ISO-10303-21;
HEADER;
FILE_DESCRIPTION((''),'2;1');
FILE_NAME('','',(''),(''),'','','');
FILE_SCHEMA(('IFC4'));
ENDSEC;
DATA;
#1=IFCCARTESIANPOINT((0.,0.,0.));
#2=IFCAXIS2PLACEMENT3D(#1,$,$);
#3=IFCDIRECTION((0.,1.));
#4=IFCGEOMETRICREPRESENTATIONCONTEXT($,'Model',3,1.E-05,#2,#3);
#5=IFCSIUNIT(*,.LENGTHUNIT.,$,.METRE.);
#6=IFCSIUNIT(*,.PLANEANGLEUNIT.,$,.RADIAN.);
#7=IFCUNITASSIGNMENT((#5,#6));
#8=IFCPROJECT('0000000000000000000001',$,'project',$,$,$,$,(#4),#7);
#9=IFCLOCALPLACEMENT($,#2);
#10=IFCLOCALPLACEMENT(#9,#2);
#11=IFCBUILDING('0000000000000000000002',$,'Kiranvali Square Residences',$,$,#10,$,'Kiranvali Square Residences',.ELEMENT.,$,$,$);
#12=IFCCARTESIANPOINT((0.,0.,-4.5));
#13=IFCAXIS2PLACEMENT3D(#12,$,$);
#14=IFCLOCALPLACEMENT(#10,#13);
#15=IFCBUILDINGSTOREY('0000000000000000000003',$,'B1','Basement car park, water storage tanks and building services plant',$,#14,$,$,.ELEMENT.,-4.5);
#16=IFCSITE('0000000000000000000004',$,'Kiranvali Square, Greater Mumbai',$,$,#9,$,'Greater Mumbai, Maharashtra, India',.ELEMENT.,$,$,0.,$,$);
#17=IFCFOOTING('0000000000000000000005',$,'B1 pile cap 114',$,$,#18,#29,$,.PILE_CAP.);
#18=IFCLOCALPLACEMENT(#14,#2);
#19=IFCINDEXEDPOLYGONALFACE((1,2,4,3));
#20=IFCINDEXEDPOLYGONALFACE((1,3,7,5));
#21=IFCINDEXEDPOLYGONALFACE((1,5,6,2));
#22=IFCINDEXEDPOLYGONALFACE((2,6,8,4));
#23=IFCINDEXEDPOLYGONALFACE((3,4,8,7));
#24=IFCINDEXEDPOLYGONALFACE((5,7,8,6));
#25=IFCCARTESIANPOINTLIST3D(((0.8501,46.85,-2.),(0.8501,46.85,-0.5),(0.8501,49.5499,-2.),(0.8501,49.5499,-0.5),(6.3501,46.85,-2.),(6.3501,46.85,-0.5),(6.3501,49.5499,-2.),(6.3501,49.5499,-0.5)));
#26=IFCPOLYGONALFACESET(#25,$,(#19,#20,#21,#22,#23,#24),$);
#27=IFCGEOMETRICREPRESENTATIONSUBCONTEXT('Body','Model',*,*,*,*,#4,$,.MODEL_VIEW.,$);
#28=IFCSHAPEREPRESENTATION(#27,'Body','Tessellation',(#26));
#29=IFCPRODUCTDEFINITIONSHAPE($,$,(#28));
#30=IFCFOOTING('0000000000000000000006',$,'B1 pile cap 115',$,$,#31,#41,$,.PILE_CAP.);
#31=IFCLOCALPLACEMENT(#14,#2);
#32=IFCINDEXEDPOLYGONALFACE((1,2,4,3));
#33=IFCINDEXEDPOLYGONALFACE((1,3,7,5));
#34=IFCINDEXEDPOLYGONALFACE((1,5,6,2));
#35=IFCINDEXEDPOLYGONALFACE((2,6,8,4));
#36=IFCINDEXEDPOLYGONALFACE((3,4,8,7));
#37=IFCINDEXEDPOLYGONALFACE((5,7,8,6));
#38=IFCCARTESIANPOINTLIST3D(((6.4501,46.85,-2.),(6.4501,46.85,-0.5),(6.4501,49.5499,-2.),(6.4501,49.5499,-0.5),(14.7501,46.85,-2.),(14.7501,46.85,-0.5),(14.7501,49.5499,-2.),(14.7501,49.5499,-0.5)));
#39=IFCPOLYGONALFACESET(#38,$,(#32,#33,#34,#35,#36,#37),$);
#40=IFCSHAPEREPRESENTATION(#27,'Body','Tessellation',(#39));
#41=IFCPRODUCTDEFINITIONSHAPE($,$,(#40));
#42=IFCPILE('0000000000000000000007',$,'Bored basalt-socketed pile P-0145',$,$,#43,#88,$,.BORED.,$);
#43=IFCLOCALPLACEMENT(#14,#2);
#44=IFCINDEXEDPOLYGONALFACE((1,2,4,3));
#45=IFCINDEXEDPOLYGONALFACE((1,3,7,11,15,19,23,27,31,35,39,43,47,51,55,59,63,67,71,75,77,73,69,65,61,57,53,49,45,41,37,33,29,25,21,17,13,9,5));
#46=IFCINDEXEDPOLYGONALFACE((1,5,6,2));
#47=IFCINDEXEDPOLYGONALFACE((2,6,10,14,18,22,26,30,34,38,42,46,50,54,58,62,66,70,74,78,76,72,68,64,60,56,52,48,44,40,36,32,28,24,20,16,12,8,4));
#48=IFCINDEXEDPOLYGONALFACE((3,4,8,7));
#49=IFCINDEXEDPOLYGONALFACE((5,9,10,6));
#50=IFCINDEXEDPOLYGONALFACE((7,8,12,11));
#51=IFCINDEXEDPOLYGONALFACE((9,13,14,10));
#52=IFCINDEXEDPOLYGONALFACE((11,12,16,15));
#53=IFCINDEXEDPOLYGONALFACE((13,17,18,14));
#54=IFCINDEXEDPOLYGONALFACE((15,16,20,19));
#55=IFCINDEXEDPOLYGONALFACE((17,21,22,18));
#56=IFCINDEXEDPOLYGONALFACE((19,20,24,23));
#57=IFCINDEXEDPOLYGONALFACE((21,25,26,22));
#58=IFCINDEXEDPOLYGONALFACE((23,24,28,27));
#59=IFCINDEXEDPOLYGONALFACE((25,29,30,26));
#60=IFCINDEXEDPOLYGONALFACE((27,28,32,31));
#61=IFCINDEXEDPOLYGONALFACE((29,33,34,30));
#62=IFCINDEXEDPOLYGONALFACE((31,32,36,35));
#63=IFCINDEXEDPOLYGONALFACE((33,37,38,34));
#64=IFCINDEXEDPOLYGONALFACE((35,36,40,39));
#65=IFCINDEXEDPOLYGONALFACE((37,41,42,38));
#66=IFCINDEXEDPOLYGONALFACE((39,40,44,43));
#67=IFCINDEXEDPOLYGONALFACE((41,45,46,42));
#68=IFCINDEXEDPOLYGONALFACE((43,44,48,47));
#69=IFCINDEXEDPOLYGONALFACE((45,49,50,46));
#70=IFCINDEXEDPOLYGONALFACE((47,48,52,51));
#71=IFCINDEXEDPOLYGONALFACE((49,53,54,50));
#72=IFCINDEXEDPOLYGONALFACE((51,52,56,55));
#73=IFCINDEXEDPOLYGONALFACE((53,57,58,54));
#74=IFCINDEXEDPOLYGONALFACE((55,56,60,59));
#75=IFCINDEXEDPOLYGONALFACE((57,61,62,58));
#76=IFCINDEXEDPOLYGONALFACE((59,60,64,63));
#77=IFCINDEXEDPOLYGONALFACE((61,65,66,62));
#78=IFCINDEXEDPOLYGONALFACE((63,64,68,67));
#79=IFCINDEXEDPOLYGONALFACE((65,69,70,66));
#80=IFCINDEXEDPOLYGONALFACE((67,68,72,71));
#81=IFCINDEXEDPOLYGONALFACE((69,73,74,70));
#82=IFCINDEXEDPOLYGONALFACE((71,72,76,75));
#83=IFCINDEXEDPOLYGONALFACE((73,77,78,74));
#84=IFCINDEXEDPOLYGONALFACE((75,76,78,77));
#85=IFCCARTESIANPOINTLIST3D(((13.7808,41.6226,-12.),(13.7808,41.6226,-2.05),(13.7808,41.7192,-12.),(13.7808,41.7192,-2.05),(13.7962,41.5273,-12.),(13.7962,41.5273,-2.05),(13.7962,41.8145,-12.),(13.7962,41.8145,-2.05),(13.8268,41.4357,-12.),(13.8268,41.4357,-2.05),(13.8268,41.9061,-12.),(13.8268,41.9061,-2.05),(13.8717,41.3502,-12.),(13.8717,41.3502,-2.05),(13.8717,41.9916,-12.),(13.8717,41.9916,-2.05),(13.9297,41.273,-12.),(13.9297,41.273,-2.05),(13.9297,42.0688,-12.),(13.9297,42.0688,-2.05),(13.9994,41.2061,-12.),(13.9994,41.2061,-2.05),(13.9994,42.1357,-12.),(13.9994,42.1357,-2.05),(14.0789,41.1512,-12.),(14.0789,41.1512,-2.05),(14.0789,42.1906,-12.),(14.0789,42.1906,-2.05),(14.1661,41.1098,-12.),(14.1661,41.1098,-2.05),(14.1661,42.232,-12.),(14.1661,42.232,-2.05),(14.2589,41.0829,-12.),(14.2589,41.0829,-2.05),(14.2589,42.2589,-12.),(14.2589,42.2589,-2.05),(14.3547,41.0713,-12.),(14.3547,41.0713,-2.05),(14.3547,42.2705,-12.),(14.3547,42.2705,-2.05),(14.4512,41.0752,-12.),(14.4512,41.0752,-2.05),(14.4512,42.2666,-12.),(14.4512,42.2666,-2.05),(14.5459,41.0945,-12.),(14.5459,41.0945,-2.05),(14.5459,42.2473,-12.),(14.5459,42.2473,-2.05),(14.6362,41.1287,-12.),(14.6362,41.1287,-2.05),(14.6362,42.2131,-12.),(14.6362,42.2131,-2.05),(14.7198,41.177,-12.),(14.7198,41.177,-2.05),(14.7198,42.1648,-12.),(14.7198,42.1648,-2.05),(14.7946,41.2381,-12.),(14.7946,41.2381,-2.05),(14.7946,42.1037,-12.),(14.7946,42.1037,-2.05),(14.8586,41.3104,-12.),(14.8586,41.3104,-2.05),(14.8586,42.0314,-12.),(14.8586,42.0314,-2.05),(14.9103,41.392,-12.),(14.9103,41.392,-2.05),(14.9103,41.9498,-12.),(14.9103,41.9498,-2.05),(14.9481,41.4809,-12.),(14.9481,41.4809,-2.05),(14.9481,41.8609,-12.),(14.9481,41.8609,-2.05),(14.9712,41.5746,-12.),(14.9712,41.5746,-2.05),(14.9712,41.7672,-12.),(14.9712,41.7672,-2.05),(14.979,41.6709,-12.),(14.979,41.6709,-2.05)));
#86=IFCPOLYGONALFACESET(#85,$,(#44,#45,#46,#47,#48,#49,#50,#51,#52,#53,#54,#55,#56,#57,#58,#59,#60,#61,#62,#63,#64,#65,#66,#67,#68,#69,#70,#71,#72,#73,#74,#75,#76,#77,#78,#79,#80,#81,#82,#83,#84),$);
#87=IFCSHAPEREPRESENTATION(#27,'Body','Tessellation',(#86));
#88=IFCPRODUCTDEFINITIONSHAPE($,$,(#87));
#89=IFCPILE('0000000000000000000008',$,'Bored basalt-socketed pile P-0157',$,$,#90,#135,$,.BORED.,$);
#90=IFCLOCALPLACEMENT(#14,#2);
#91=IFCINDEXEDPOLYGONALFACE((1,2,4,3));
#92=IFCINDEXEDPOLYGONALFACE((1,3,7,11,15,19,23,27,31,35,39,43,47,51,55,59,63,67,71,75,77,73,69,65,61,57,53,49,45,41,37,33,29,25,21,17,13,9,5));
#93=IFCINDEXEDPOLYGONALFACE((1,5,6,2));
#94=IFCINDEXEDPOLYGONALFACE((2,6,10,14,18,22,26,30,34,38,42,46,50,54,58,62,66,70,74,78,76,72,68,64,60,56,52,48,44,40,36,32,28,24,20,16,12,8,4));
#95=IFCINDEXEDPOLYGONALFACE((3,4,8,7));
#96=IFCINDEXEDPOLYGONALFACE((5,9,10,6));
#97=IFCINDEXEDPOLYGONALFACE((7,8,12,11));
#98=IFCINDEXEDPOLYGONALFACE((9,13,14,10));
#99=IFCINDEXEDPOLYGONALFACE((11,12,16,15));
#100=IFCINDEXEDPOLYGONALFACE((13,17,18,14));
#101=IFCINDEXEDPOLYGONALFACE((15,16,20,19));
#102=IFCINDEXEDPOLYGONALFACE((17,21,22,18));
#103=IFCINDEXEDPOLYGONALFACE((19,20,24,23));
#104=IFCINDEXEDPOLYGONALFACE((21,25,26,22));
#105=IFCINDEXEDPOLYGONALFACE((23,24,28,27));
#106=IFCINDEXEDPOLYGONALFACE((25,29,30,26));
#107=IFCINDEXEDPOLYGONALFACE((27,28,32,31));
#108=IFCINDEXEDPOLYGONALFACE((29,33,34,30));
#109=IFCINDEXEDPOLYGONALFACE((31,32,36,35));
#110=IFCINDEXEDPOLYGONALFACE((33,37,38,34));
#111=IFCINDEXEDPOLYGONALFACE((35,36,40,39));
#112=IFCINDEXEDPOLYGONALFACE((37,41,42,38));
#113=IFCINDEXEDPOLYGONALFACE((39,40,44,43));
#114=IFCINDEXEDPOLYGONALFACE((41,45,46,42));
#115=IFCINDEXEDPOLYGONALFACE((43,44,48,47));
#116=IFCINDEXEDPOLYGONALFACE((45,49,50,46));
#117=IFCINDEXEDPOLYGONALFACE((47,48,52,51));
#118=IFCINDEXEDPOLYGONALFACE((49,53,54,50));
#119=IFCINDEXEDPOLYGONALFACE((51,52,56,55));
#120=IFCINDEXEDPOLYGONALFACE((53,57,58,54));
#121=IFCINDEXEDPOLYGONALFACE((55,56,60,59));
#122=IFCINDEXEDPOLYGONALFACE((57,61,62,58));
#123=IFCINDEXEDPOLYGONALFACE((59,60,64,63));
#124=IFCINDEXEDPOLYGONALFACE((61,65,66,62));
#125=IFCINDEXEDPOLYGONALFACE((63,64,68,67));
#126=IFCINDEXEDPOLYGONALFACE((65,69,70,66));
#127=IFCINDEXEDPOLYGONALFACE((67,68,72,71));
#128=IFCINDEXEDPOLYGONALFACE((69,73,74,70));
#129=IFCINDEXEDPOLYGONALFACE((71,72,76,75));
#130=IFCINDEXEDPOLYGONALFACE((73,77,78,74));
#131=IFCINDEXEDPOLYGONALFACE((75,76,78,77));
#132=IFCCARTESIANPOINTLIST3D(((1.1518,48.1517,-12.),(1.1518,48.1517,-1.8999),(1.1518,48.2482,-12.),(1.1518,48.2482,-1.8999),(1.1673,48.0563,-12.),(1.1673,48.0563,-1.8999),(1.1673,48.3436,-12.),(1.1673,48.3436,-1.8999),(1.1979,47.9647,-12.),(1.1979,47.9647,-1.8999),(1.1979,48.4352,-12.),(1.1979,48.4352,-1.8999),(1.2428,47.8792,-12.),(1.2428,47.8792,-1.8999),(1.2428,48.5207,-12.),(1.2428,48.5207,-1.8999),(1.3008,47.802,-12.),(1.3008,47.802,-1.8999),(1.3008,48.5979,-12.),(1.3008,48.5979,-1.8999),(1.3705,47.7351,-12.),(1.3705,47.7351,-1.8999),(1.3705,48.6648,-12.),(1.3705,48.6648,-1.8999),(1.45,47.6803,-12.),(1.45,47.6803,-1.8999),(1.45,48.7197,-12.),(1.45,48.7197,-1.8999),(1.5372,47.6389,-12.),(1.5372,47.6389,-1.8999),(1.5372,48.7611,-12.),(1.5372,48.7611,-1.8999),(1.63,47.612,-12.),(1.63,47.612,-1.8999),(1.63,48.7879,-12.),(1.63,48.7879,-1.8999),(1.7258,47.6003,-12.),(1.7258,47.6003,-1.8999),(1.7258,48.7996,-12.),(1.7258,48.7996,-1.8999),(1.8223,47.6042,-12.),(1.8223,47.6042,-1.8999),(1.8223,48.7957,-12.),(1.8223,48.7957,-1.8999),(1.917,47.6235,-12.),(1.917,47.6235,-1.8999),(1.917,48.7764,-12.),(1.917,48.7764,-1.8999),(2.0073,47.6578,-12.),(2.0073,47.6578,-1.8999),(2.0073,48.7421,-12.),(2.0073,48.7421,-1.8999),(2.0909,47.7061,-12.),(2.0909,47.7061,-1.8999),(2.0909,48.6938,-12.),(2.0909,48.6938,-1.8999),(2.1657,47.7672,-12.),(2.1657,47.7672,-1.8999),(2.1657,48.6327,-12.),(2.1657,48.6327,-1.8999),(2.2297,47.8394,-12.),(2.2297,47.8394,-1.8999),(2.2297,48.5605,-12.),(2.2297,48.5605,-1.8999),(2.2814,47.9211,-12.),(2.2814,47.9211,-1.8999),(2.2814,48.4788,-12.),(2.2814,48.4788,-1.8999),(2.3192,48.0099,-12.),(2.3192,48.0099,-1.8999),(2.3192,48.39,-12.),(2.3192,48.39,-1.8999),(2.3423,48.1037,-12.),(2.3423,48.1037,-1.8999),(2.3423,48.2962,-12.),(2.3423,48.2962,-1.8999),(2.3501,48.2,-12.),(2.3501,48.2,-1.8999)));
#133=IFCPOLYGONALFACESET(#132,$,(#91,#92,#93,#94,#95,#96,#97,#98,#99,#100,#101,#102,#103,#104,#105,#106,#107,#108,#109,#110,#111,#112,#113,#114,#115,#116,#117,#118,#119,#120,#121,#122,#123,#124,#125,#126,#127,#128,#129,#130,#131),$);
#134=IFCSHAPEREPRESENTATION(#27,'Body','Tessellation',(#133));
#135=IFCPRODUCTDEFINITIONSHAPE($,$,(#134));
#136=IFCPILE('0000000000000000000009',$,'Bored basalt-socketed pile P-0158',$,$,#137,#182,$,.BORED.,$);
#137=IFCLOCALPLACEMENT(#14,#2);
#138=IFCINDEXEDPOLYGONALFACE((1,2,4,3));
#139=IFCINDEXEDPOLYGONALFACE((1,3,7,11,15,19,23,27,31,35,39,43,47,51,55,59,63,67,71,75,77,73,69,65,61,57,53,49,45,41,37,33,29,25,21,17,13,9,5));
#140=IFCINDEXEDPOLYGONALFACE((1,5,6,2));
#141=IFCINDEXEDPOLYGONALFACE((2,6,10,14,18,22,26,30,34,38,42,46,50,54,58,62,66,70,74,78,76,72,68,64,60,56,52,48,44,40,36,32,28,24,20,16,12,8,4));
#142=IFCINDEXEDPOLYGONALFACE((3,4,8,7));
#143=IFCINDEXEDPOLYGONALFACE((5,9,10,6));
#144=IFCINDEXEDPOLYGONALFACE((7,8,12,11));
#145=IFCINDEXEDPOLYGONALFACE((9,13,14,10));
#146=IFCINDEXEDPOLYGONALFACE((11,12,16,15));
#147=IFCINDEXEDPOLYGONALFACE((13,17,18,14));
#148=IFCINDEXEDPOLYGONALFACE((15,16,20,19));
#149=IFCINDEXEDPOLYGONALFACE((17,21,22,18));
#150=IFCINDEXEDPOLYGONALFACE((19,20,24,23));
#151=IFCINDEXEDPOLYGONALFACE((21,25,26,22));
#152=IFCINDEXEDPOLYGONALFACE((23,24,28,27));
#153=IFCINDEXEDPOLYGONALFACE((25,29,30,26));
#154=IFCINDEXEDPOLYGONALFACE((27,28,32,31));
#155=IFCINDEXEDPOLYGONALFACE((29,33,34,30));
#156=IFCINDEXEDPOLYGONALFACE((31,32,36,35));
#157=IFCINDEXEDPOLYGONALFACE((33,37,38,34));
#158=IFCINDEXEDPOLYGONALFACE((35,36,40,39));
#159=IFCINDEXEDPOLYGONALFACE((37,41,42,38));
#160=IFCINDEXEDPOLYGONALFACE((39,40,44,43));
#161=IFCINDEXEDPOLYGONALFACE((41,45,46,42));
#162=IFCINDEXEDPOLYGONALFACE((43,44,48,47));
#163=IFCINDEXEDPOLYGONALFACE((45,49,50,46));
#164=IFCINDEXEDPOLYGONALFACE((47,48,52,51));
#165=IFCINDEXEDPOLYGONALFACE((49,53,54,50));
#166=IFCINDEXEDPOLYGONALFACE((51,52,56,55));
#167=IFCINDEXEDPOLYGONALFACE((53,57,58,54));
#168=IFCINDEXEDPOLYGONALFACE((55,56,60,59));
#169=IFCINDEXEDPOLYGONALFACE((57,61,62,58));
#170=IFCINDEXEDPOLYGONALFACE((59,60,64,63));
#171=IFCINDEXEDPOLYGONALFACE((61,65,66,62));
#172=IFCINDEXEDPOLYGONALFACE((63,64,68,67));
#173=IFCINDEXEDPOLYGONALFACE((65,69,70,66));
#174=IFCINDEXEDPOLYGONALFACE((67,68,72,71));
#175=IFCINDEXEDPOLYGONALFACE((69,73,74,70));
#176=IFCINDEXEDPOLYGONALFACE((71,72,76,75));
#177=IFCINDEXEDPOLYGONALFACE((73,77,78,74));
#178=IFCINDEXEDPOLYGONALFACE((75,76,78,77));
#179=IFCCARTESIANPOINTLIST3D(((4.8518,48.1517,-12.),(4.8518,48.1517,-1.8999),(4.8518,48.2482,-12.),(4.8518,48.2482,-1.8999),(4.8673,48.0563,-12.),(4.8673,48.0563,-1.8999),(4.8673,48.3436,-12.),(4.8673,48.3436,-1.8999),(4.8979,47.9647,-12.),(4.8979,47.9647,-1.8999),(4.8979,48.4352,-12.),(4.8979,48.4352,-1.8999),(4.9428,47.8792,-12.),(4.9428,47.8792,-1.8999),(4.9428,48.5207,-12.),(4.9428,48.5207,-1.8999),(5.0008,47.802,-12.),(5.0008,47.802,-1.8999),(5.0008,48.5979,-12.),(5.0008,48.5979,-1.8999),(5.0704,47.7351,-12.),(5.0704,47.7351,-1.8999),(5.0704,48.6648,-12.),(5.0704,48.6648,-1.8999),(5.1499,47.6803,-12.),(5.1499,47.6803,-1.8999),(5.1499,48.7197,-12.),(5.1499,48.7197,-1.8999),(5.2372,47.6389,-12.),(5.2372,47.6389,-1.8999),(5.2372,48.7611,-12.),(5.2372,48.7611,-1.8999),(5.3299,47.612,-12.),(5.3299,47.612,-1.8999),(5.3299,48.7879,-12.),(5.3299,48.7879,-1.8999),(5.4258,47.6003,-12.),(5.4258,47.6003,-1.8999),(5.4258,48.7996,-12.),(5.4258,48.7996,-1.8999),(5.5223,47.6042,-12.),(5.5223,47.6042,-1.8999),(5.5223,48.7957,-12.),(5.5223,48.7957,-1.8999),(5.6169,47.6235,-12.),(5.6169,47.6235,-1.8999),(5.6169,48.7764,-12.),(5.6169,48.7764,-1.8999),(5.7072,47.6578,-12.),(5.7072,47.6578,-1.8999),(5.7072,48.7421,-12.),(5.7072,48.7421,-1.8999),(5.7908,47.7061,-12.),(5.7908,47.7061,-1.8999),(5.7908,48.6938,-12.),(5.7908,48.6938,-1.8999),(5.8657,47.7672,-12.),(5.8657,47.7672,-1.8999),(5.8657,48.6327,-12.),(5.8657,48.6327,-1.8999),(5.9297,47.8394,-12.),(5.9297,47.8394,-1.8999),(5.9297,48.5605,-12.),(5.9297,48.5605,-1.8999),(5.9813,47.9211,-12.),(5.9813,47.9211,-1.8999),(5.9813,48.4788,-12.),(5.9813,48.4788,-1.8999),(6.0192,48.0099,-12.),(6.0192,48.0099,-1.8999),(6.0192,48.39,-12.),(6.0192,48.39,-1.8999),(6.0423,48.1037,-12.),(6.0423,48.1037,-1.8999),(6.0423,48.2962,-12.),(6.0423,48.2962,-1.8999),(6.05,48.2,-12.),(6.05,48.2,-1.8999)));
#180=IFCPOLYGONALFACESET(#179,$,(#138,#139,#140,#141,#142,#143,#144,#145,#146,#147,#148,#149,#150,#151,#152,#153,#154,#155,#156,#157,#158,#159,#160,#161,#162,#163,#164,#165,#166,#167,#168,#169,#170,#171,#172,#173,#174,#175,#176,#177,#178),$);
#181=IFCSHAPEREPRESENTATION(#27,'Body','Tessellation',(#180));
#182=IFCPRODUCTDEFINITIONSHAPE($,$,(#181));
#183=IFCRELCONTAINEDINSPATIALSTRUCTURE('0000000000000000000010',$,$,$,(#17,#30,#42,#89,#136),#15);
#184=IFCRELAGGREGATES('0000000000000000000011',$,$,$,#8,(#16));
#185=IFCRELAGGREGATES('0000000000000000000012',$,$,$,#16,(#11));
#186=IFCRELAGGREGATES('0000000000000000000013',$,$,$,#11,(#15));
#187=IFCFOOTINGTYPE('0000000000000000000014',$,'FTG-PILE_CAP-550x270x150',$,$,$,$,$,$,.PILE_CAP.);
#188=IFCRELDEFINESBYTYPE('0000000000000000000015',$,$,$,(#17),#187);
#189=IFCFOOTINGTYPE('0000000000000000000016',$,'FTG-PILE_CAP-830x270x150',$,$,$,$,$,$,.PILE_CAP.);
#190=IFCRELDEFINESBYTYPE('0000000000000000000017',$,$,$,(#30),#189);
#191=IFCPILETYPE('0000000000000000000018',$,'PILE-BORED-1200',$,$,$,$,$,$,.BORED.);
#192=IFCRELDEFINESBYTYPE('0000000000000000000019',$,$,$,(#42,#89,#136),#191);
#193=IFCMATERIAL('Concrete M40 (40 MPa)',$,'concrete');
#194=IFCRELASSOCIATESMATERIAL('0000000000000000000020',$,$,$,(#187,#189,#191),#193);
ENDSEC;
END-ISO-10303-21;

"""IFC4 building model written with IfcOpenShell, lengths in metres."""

from ifc_helpers import new_model, si_unit, direction, frame, origin, origin_2d, place, context, subcontext, project, spatial, rectangle, circle, extrude, material, material_profile, profile_set, type_object, element, save


model = new_model("IFC4")

# Units and contexts
model_context = context("Model", 3, precision=1e-05, world=origin(), true_north=direction((0.0, 1.0)))
body_context = subcontext(model_context, "Body", "Model", "MODEL_VIEW")
ifc_project = project(units=[si_unit("LENGTHUNIT", "METRE"), si_unit("PLANEANGLEUNIT", "RADIAN")], contexts=[model_context])

# Site, building, storey
site_placement = place(None, origin())
site = spatial("IfcSite", under=ifc_project, at=site_placement, Name="Kiranvali Square, Greater Mumbai", LongName="Greater Mumbai, Maharashtra, India", CompositionType="ELEMENT", RefElevation=0.0)
building_placement = place(site_placement, origin())
building = spatial("IfcBuilding", under=site, at=building_placement, Name="Kiranvali Square Residences", LongName="Kiranvali Square Residences", CompositionType="ELEMENT")
storey_placement = place(building_placement, frame((0.0, 0.0, -4.5)))
storey = spatial("IfcBuildingStorey", under=building, at=storey_placement, Name="B1", Description="Basement car park, water storage tanks and building services plant", CompositionType="ELEMENT", Elevation=-4.5)

# Footings
ifc_material_1 = material(Name="Concrete M40 (40 MPa)", Category="concrete")
footing_type_1 = type_object("IfcFootingType", Name="FTG-PILE_CAP-550x270x150", PredefinedType="PILE_CAP", material=ifc_material_1)
footing_1_placement = place(storey_placement, frame((3.6001, 48.2, -2.0), z_axis=(0.0, 0.0, 1.0), x_axis=(1.0, 0.0, 0.0)))
element("IfcFooting", 1, at=footing_1_placement, inside=storey, type_object=footing_type_1, Name="B1 pile cap 114", PredefinedType="PILE_CAP", context=body_context, shape_type="SweptSolid", body=[
    extrude(rectangle(XDim=5.5, YDim=2.7, at=origin_2d()), origin(), (0.0, 0.0, 1.0), 1.5),
])
footing_type_2 = type_object("IfcFootingType", Name="FTG-PILE_CAP-830x270x150", PredefinedType="PILE_CAP", material=ifc_material_1)
footing_2_placement = place(storey_placement, frame((10.6001, 48.2, -2.0), z_axis=(0.0, 0.0, 1.0), x_axis=(1.0, 0.0, 0.0)))
element("IfcFooting", 2, at=footing_2_placement, inside=storey, type_object=footing_type_2, Name="B1 pile cap 115", PredefinedType="PILE_CAP", context=body_context, shape_type="SweptSolid", body=[
    extrude(rectangle(XDim=8.3, YDim=2.7, at=origin_2d()), origin(), (0.0, 0.0, 1.0), 1.5),
])

# Piles
ifc_material_profile_1 = material_profile(ifc_material_1, circle(Radius=0.6001, at=origin_2d()), Name="BORED PILE 1200")
ifc_profile_set_1 = profile_set([ifc_material_profile_1], Name="Concrete M40 (40 MPa)")
pile_type = type_object("IfcPileType", Name="PILE-BORED-1200", PredefinedType="BORED", material=ifc_profile_set_1)
pile_placement = place(storey_placement, frame((14.3789, 41.6709, -2.05), z_axis=(0.0, 0.0, -1.0), x_axis=(1.0, 0.0, 0.0)))
element("IfcPile", 3, at=pile_placement, inside=storey, type_object=pile_type, Name="Bored basalt-socketed pile P-0145", PredefinedType="BORED", context=body_context, shape_type="SweptSolid", body=[
    extrude(circle(Radius=0.6001, at=origin_2d()), origin(), (0.0, 0.0, 1.0), 9.95),
])
for number, where, z_axis, x_axis, name in (
    (4, (1.75, 48.2, -1.8999), (0.0, 0.0, -1.0), (1.0, 0.0, 0.0), "Bored basalt-socketed pile P-0157"),
    (5, (5.45, 48.2, -1.8999), (0.0, 0.0, -1.0), (1.0, 0.0, 0.0), "Bored basalt-socketed pile P-0158"),
):
    element("IfcPile", number, at=place(storey_placement, frame(where, z_axis=z_axis, x_axis=x_axis)), inside=storey, type_object=pile_type, Name=name, PredefinedType="BORED", context=body_context, shape_type="SweptSolid", body=[
        extrude(circle(Radius=0.6001, at=origin_2d()), origin(), (0.0, 0.0, 1.0), 10.1001),
    ])

save(model, "model.ifc")
